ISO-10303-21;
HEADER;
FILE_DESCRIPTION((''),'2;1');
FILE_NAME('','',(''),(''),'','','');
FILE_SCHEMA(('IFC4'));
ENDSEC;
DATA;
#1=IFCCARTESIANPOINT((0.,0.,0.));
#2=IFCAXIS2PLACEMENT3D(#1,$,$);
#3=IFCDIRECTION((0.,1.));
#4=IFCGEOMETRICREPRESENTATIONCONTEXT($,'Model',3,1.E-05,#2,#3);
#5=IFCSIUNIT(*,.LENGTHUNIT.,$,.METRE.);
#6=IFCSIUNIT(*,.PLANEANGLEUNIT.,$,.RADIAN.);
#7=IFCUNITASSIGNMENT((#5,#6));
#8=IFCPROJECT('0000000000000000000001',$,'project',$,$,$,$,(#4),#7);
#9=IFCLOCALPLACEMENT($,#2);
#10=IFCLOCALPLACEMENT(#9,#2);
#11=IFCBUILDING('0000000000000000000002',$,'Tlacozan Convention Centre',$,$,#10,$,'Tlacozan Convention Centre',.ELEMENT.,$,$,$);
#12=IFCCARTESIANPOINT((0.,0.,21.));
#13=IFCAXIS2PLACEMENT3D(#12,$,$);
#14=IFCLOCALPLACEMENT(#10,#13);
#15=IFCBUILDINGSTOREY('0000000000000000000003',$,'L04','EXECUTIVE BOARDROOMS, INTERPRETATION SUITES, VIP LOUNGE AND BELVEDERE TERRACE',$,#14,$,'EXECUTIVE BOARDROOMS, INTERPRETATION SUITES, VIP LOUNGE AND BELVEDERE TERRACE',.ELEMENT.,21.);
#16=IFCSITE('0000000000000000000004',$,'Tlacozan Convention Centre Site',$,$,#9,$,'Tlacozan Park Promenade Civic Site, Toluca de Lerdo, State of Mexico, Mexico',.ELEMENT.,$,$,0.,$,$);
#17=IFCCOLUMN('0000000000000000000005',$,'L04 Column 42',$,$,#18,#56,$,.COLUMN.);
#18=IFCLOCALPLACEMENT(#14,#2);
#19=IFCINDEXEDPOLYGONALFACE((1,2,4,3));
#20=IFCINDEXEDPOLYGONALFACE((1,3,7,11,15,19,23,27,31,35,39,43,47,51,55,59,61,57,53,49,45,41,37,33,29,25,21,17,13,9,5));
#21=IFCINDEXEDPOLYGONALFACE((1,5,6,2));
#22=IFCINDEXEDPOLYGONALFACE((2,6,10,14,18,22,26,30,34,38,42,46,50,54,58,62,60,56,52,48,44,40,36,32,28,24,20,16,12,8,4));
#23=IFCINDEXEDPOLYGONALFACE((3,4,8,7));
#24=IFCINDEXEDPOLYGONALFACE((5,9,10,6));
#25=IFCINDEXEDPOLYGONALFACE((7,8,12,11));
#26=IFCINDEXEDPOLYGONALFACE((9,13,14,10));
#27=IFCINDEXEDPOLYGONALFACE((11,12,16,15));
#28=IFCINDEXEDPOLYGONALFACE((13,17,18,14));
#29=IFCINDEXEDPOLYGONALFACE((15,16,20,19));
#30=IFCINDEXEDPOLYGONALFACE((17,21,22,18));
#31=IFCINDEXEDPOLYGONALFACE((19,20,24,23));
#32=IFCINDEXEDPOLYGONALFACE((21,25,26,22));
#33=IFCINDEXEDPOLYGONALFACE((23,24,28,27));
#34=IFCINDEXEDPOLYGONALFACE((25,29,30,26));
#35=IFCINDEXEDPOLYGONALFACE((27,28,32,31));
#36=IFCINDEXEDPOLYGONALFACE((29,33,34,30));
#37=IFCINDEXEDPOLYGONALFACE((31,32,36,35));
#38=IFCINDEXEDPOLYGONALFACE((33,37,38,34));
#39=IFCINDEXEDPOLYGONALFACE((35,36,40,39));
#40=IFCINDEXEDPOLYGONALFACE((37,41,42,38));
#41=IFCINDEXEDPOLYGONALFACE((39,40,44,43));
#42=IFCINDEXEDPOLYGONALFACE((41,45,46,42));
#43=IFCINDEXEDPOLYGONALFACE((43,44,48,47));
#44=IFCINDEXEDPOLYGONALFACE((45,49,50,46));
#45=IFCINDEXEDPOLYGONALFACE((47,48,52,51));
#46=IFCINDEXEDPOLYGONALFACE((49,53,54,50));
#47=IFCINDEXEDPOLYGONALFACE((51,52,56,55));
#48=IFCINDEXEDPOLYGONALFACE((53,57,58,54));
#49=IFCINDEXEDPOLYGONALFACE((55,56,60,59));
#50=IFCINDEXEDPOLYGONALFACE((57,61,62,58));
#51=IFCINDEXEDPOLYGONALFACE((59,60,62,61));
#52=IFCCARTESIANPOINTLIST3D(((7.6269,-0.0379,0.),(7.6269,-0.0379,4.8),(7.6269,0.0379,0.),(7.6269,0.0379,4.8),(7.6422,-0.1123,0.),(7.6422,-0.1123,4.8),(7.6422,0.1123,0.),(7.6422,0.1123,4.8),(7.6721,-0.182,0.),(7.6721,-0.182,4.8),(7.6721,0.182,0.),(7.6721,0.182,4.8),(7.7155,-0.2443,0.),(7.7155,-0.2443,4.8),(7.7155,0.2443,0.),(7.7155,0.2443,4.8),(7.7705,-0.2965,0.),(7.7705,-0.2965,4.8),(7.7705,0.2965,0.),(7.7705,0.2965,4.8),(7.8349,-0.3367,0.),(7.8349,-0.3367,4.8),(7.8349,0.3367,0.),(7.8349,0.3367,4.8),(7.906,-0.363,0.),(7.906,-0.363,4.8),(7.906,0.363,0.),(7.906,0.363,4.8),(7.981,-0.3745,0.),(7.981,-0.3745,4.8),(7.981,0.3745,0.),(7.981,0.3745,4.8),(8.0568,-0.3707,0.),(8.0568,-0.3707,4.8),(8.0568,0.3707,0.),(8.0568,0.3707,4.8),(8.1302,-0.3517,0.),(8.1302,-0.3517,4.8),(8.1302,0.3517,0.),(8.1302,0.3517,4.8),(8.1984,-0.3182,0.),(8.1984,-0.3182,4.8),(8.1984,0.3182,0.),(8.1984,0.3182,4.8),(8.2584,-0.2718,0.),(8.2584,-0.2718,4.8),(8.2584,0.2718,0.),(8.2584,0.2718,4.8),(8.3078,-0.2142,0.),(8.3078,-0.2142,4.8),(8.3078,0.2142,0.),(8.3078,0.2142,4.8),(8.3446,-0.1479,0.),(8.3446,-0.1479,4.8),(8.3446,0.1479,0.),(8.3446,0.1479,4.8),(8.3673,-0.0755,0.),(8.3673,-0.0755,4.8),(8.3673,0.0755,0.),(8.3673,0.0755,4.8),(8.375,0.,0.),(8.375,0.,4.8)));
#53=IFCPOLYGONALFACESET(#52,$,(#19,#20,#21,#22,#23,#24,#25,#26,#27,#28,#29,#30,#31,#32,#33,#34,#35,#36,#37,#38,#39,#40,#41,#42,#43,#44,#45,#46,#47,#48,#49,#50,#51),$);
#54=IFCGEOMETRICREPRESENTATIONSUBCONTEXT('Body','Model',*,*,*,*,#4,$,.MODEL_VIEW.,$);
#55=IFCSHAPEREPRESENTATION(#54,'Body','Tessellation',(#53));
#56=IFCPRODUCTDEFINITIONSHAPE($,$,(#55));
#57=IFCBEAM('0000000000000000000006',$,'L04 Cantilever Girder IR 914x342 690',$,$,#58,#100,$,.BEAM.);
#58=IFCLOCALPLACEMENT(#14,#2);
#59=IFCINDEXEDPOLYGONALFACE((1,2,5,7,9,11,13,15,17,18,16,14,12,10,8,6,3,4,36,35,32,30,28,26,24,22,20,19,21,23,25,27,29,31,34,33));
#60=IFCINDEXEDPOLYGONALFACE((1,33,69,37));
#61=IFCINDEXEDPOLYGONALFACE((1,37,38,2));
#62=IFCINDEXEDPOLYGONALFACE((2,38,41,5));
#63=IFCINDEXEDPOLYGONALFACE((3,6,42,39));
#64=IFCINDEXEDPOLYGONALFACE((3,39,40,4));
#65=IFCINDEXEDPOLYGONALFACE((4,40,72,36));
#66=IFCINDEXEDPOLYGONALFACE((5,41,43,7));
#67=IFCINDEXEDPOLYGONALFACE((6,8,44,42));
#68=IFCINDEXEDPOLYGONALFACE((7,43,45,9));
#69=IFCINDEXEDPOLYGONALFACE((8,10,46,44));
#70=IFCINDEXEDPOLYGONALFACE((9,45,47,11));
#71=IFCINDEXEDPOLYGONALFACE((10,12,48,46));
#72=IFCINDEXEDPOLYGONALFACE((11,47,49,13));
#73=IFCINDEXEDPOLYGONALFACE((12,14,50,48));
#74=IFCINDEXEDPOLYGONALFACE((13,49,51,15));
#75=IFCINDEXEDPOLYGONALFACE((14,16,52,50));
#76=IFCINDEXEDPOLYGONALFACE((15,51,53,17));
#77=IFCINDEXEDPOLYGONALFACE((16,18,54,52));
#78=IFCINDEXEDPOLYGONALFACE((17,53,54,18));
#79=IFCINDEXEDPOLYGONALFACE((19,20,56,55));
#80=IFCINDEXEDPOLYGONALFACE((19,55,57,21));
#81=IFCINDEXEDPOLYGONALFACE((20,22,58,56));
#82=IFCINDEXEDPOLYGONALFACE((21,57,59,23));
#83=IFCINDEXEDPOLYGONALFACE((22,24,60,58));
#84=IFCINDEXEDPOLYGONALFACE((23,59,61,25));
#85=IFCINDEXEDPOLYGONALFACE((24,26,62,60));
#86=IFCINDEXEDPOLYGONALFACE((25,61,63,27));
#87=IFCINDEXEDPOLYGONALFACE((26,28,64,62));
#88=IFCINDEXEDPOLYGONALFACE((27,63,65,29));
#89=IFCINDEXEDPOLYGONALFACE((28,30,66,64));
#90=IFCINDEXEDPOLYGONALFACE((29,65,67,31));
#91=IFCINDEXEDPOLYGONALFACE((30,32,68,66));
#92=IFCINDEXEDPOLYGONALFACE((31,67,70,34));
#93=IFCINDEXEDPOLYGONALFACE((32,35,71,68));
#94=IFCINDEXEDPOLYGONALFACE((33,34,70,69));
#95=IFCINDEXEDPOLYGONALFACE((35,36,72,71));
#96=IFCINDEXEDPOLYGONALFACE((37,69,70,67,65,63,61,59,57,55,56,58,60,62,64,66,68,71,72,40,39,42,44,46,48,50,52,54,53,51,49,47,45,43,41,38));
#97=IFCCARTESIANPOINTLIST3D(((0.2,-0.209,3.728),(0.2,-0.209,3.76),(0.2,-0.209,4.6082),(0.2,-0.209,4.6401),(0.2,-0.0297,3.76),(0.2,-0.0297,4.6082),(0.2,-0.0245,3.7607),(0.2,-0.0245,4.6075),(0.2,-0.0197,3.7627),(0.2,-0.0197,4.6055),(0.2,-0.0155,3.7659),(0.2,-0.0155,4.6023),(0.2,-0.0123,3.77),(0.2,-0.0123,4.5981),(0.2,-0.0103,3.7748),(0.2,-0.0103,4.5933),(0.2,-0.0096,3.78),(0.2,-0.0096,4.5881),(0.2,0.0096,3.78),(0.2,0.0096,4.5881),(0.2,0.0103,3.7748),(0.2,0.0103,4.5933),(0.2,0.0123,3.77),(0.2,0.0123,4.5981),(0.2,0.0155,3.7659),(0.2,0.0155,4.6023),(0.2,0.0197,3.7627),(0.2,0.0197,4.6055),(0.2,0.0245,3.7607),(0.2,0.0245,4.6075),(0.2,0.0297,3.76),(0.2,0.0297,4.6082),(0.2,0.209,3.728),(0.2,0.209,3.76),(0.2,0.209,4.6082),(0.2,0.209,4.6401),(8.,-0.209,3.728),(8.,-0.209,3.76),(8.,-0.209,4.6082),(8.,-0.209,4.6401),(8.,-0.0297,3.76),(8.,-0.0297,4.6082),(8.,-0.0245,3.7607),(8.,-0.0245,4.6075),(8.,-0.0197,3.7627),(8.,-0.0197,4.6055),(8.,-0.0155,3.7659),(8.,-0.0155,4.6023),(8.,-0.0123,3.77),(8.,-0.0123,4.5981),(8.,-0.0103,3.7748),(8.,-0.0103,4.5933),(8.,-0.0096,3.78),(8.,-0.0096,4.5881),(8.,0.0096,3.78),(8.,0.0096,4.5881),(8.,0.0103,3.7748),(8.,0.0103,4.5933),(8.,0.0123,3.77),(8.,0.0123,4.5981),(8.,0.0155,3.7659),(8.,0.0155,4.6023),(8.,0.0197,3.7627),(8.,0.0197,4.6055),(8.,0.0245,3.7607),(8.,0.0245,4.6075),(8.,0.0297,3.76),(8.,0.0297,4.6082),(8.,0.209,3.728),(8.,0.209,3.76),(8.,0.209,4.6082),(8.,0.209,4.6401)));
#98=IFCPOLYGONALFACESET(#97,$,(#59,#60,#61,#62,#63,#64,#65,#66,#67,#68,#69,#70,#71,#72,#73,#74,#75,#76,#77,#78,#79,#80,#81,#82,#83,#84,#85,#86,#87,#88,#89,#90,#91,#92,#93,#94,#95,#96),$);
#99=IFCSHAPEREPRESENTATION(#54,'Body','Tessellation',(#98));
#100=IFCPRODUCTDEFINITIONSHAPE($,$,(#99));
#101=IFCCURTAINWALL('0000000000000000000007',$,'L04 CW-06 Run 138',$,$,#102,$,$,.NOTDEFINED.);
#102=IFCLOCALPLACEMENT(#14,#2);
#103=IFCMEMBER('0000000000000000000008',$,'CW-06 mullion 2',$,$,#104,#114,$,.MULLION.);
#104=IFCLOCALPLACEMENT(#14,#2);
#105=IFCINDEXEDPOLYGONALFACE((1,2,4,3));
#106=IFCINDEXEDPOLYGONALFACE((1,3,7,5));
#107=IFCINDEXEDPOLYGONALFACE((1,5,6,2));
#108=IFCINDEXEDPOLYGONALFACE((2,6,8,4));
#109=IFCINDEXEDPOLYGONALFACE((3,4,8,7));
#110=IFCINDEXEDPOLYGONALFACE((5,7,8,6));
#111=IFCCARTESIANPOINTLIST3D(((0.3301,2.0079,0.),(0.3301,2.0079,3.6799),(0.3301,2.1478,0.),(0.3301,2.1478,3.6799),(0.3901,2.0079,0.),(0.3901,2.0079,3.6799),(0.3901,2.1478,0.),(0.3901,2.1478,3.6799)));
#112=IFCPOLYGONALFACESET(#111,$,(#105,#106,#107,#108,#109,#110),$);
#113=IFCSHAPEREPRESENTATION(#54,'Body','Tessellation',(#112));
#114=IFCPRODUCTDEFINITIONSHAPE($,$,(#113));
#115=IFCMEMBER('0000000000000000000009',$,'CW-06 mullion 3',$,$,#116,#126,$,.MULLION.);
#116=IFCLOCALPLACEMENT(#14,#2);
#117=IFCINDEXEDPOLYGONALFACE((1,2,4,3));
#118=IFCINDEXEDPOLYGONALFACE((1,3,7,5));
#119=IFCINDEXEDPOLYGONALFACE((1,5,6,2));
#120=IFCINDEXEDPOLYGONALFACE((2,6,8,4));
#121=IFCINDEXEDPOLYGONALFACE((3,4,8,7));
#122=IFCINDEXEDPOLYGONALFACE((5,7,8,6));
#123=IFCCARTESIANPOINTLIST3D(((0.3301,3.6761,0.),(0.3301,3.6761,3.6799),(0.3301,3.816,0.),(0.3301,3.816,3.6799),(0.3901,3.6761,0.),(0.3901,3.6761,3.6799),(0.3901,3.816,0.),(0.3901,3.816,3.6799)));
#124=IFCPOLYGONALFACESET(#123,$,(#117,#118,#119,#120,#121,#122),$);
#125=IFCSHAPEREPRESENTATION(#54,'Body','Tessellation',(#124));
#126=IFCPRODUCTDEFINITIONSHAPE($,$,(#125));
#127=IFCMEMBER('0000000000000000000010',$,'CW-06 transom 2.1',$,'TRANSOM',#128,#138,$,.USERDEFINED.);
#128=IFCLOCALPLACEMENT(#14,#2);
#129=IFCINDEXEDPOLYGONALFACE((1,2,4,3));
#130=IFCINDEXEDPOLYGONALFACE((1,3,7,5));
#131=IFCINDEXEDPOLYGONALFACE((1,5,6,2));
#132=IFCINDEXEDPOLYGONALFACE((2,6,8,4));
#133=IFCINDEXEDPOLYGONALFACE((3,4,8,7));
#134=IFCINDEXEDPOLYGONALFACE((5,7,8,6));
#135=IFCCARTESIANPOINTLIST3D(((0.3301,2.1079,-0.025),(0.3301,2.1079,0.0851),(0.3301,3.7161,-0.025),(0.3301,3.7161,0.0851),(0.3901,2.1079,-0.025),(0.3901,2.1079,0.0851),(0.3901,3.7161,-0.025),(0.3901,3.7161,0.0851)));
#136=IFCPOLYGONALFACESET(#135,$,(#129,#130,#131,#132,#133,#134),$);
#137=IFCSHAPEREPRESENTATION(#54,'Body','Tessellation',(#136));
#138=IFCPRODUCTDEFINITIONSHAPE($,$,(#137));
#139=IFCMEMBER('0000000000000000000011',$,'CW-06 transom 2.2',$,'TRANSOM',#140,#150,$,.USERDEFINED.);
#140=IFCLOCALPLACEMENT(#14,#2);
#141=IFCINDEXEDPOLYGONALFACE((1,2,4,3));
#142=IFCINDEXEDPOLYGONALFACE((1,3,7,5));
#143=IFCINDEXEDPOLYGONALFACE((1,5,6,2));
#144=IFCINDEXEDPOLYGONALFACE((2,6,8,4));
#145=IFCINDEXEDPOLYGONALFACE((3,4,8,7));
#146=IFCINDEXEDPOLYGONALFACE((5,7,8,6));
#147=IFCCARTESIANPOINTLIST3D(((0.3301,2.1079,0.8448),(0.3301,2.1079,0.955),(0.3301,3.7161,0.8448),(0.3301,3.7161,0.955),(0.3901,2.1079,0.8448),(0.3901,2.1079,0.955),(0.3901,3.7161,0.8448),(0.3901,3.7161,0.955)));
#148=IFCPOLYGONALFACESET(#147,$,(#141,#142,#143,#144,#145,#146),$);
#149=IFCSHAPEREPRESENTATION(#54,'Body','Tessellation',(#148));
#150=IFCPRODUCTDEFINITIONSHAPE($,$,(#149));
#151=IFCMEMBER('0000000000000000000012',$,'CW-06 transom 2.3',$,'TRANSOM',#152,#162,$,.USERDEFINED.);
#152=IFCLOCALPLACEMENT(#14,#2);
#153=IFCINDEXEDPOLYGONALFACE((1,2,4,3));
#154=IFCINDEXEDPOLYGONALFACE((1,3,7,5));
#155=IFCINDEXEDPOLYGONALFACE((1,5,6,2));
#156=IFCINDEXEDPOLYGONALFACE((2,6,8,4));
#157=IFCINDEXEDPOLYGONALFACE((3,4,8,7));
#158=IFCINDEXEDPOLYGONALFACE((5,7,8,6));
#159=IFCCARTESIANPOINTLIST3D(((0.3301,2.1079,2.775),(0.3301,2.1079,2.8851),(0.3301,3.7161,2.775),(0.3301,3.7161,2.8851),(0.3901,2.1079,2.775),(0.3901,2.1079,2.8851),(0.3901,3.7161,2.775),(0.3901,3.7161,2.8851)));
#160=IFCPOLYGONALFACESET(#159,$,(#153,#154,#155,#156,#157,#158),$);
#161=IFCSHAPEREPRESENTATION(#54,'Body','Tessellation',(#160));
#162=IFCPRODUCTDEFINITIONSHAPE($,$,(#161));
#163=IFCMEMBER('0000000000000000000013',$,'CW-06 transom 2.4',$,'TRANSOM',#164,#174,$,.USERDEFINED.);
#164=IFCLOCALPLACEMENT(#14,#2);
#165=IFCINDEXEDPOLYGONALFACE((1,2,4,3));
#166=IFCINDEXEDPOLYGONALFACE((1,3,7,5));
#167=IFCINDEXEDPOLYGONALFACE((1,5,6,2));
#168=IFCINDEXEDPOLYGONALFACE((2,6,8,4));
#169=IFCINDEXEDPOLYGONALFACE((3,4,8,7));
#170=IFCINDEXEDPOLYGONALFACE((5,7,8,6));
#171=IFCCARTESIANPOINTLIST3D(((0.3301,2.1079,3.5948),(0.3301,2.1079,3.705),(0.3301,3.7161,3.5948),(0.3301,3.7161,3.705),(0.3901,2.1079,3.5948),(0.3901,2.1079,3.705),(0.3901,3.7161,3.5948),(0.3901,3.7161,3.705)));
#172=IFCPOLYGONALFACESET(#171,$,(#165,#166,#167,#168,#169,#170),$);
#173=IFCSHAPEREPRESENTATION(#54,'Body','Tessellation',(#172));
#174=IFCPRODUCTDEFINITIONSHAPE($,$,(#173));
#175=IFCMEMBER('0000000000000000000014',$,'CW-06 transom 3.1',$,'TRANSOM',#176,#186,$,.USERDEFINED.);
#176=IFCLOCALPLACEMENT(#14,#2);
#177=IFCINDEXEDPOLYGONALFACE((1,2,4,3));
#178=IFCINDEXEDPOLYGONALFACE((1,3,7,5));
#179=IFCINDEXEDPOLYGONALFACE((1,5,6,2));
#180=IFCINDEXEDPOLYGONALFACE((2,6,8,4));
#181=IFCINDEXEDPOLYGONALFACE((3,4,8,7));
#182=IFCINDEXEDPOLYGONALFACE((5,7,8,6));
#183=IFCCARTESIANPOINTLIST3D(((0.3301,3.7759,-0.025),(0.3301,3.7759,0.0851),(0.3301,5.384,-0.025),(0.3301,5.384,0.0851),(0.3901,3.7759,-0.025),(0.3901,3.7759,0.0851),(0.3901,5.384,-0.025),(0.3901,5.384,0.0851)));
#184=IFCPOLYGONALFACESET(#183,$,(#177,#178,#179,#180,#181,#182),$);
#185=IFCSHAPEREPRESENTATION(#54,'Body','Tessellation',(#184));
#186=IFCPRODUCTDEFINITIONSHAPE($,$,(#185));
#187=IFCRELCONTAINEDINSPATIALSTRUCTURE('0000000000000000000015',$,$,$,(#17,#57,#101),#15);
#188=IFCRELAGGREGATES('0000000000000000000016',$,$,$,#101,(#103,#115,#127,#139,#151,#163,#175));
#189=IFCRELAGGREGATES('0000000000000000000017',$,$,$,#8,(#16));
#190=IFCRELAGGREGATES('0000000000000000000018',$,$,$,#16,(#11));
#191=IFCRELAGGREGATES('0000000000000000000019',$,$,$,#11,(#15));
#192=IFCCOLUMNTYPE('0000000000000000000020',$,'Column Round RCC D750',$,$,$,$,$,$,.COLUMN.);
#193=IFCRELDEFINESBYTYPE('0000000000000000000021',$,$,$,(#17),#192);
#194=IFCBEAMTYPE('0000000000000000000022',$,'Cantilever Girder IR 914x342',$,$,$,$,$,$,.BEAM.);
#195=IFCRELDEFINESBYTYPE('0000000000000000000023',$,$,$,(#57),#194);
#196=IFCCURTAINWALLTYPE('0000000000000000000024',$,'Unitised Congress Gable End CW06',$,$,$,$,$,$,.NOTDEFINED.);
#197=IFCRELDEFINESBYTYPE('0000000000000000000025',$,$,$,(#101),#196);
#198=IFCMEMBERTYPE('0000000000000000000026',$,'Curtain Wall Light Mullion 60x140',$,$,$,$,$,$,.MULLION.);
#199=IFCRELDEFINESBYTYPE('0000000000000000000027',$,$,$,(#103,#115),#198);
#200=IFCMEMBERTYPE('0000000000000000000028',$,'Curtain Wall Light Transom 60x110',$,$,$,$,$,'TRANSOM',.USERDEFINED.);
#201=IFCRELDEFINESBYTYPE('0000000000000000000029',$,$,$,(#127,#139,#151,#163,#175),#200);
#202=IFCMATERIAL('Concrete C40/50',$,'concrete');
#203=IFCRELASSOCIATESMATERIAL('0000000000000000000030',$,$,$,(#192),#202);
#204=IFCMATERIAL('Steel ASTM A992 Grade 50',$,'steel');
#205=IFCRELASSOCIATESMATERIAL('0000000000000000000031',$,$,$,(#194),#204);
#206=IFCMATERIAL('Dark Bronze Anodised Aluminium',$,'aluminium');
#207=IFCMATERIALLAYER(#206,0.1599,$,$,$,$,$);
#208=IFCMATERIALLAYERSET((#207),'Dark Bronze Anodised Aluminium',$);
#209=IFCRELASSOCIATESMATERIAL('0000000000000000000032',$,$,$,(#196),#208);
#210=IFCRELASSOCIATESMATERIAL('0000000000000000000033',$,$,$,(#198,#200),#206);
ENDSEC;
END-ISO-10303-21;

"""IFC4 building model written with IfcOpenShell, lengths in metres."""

from ifc_helpers import new_model, si_unit, direction, frame, origin, origin_2d, place, context, subcontext, project, spatial, rectangle, circle, i_section, extrude, material, layer, layer_set, material_profile, profile_set, type_object, element, aggregate, save


model = new_model("IFC4")

# Units and contexts
model_context = context("Model", 3, precision=1e-05, world=origin(), true_north=direction((0.0, 1.0)))
body_context = subcontext(model_context, "Body", "Model", "MODEL_VIEW")
ifc_project = project(units=[si_unit("LENGTHUNIT", "METRE"), si_unit("PLANEANGLEUNIT", "RADIAN")], contexts=[model_context])

# Site, building, storey
site_placement = place(None, origin())
site = spatial("IfcSite", under=ifc_project, at=site_placement, Name="Tlacozan Convention Centre Site", LongName="Tlacozan Park Promenade Civic Site, Toluca de Lerdo, State of Mexico, Mexico", CompositionType="ELEMENT", RefElevation=0.0)
building_placement = place(site_placement, origin())
building = spatial("IfcBuilding", under=site, at=building_placement, Name="Tlacozan Convention Centre", LongName="Tlacozan Convention Centre", CompositionType="ELEMENT")
storey_placement = place(building_placement, frame((0.0, 0.0, 21.0)))
storey = spatial("IfcBuildingStorey", under=building, at=storey_placement, Name="L04", Description="EXECUTIVE BOARDROOMS, INTERPRETATION SUITES, VIP LOUNGE AND BELVEDERE TERRACE", LongName="EXECUTIVE BOARDROOMS, INTERPRETATION SUITES, VIP LOUNGE AND BELVEDERE TERRACE", CompositionType="ELEMENT", Elevation=21.0)

# Column
ifc_material_1 = material(Name="Concrete C40/50", Category="concrete")
ifc_material_profile_1 = material_profile(ifc_material_1, circle(Radius=0.375, at=origin_2d()), Name="RCC D750")
ifc_profile_set_1 = profile_set([ifc_material_profile_1], Name="Concrete C40/50")
column_type = type_object("IfcColumnType", Name="Column Round RCC D750", PredefinedType="COLUMN", material=ifc_profile_set_1)
column_placement = place(storey_placement, frame((8.0, 0.0, 0.0), z_axis=(0.0, 0.0, 1.0), x_axis=(1.0, 0.0, 0.0)))
element("IfcColumn", 1, at=column_placement, inside=storey, type_object=column_type, Name="L04 Column 42", PredefinedType="COLUMN", context=body_context, shape_type="SweptSolid", body=[
    extrude(circle(Radius=0.375, at=origin_2d()), origin(), (0.0, 0.0, 1.0), 4.8),
])

# Beam
ifc_material_2 = material(Name="Steel ASTM A992 Grade 50", Category="steel")
ifc_material_profile_2 = material_profile(ifc_material_2, i_section(OverallWidth=0.418, OverallDepth=0.9121, WebThickness=0.0193, FlangeThickness=0.032, FilletRadius=0.02, at=origin_2d()), Name="IR 914x342.0")
ifc_profile_set_2 = profile_set([ifc_material_profile_2], Name="Steel ASTM A992 Grade 50")
beam_type_1 = type_object("IfcBeamType", Name="Cantilever Girder IR 914x342", PredefinedType="BEAM", material=ifc_profile_set_2)
beam_1_placement = place(storey_placement, frame((8.0, 0.0, 4.1841), z_axis=(-1.0, 0.0, 0.0), x_axis=(0.0, -1.0, 0.0)))
element("IfcBeam", 2, at=beam_1_placement, inside=storey, type_object=beam_type_1, Name="L04 Cantilever Girder IR 914x342 690", PredefinedType="BEAM", context=body_context, shape_type="SweptSolid", body=[
    extrude(i_section(OverallWidth=0.418, OverallDepth=0.9121, WebThickness=0.0193, FlangeThickness=0.032, FilletRadius=0.02, at=origin_2d()), origin(), (0.0, 0.0, 1.0), 7.8),
])

# Curtain wall, members
ifc_material_3 = material(Name="Dark Bronze Anodised Aluminium", Category="aluminium")
ifc_layer_1 = layer(ifc_material_3, 0.1599)
ifc_layer_set_1 = layer_set([ifc_layer_1], Name="Dark Bronze Anodised Aluminium")
curtain_wall_type_1 = type_object("IfcCurtainWallType", Name="Unitised Congress Gable End CW06", PredefinedType="NOTDEFINED", material=ifc_layer_set_1)
curtain_wall_1_placement = place(storey_placement, origin())
curtain_wall_1 = element("IfcCurtainWall", 3, at=curtain_wall_1_placement, inside=storey, type_object=curtain_wall_type_1, Name="L04 CW-06 Run 138", PredefinedType="NOTDEFINED")
ifc_material_profile_3 = material_profile(ifc_material_3, rectangle(XDim=0.0601, YDim=0.1399, at=origin_2d()), Name="ALU 60x140")
ifc_profile_set_3 = profile_set([ifc_material_profile_3], Name="Dark Bronze Anodised Aluminium")
member_type_1 = type_object("IfcMemberType", Name="Curtain Wall Light Mullion 60x140", PredefinedType="MULLION", material=ifc_profile_set_3)
member_1_placement = place(storey_placement, frame((0.3601, 2.0779, 0.0), z_axis=(0.0, 0.0, 1.0), x_axis=(-1.0, 0.0, 0.0)))
member_1 = element("IfcMember", 4, at=member_1_placement, type_object=member_type_1, Name="CW-06 mullion 2", PredefinedType="MULLION", context=body_context, shape_type="SweptSolid", body=[
    extrude(rectangle(XDim=0.0601, YDim=0.1399, at=origin_2d()), origin(), (0.0, 0.0, 1.0), 3.6799),
])
member_2_placement = place(storey_placement, frame((0.3601, 3.7461, 0.0), z_axis=(0.0, 0.0, 1.0), x_axis=(-1.0, 0.0, 0.0)))
member_2 = element("IfcMember", 5, at=member_2_placement, type_object=member_type_1, Name="CW-06 mullion 3", PredefinedType="MULLION", context=body_context, shape_type="SweptSolid", body=[
    extrude(rectangle(XDim=0.0601, YDim=0.1399, at=origin_2d()), origin(), (0.0, 0.0, 1.0), 3.6799),
])
ifc_material_profile_4 = material_profile(ifc_material_3, rectangle(XDim=0.0601, YDim=0.1101, at=origin_2d()), Name="ALU 60x110")
ifc_profile_set_4 = profile_set([ifc_material_profile_4], Name="Dark Bronze Anodised Aluminium")
member_type_2 = type_object("IfcMemberType", Name="Curtain Wall Light Transom 60x110", ElementType="TRANSOM", PredefinedType="USERDEFINED", material=ifc_profile_set_4)
member_3_placement = place(storey_placement, frame((0.3601, 2.1079, 0.03), z_axis=(0.0, 1.0, 0.0), x_axis=(-1.0, 0.0, 0.0)))
member_3 = element("IfcMember", 6, at=member_3_placement, type_object=member_type_2, Name="CW-06 transom 2.1", ObjectType="TRANSOM", PredefinedType="USERDEFINED", context=body_context, shape_type="SweptSolid", body=[
    extrude(rectangle(XDim=0.0601, YDim=0.1101, at=origin_2d()), origin(), (0.0, 0.0, 1.0), 1.6082),
])
member_4_placement = place(storey_placement, frame((0.3601, 2.1079, 0.8999), z_axis=(0.0, 1.0, 0.0), x_axis=(-1.0, 0.0, 0.0)))
member_4 = element("IfcMember", 7, at=member_4_placement, type_object=member_type_2, Name="CW-06 transom 2.2", ObjectType="TRANSOM", PredefinedType="USERDEFINED", context=body_context, shape_type="SweptSolid", body=[
    extrude(rectangle(XDim=0.0601, YDim=0.1101, at=origin_2d()), origin(), (0.0, 0.0, 1.0), 1.6082),
])
member_5_placement = place(storey_placement, frame((0.3601, 2.1079, 2.8301), z_axis=(0.0, 1.0, 0.0), x_axis=(-1.0, 0.0, 0.0)))
member_5 = element("IfcMember", 8, at=member_5_placement, type_object=member_type_2, Name="CW-06 transom 2.3", ObjectType="TRANSOM", PredefinedType="USERDEFINED", context=body_context, shape_type="SweptSolid", body=[
    extrude(rectangle(XDim=0.0601, YDim=0.1101, at=origin_2d()), origin(), (0.0, 0.0, 1.0), 1.6082),
])
member_6_placement = place(storey_placement, frame((0.3601, 2.1079, 3.6499), z_axis=(0.0, 1.0, 0.0), x_axis=(-1.0, 0.0, 0.0)))
member_6 = element("IfcMember", 9, at=member_6_placement, type_object=member_type_2, Name="CW-06 transom 2.4", ObjectType="TRANSOM", PredefinedType="USERDEFINED", context=body_context, shape_type="SweptSolid", body=[
    extrude(rectangle(XDim=0.0601, YDim=0.1101, at=origin_2d()), origin(), (0.0, 0.0, 1.0), 1.6082),
])
member_7_placement = place(storey_placement, frame((0.3601, 3.7759, 0.03), z_axis=(0.0, 1.0, 0.0), x_axis=(-1.0, 0.0, 0.0)))
member_7 = element("IfcMember", 10, at=member_7_placement, type_object=member_type_2, Name="CW-06 transom 3.1", ObjectType="TRANSOM", PredefinedType="USERDEFINED", context=body_context, shape_type="SweptSolid", body=[
    extrude(rectangle(XDim=0.0601, YDim=0.1101, at=origin_2d()), origin(), (0.0, 0.0, 1.0), 1.6082),
])

aggregate(curtain_wall_1, [member_1, member_2, member_3, member_4, member_5, member_6, member_7])

save(model, "model.ifc")
